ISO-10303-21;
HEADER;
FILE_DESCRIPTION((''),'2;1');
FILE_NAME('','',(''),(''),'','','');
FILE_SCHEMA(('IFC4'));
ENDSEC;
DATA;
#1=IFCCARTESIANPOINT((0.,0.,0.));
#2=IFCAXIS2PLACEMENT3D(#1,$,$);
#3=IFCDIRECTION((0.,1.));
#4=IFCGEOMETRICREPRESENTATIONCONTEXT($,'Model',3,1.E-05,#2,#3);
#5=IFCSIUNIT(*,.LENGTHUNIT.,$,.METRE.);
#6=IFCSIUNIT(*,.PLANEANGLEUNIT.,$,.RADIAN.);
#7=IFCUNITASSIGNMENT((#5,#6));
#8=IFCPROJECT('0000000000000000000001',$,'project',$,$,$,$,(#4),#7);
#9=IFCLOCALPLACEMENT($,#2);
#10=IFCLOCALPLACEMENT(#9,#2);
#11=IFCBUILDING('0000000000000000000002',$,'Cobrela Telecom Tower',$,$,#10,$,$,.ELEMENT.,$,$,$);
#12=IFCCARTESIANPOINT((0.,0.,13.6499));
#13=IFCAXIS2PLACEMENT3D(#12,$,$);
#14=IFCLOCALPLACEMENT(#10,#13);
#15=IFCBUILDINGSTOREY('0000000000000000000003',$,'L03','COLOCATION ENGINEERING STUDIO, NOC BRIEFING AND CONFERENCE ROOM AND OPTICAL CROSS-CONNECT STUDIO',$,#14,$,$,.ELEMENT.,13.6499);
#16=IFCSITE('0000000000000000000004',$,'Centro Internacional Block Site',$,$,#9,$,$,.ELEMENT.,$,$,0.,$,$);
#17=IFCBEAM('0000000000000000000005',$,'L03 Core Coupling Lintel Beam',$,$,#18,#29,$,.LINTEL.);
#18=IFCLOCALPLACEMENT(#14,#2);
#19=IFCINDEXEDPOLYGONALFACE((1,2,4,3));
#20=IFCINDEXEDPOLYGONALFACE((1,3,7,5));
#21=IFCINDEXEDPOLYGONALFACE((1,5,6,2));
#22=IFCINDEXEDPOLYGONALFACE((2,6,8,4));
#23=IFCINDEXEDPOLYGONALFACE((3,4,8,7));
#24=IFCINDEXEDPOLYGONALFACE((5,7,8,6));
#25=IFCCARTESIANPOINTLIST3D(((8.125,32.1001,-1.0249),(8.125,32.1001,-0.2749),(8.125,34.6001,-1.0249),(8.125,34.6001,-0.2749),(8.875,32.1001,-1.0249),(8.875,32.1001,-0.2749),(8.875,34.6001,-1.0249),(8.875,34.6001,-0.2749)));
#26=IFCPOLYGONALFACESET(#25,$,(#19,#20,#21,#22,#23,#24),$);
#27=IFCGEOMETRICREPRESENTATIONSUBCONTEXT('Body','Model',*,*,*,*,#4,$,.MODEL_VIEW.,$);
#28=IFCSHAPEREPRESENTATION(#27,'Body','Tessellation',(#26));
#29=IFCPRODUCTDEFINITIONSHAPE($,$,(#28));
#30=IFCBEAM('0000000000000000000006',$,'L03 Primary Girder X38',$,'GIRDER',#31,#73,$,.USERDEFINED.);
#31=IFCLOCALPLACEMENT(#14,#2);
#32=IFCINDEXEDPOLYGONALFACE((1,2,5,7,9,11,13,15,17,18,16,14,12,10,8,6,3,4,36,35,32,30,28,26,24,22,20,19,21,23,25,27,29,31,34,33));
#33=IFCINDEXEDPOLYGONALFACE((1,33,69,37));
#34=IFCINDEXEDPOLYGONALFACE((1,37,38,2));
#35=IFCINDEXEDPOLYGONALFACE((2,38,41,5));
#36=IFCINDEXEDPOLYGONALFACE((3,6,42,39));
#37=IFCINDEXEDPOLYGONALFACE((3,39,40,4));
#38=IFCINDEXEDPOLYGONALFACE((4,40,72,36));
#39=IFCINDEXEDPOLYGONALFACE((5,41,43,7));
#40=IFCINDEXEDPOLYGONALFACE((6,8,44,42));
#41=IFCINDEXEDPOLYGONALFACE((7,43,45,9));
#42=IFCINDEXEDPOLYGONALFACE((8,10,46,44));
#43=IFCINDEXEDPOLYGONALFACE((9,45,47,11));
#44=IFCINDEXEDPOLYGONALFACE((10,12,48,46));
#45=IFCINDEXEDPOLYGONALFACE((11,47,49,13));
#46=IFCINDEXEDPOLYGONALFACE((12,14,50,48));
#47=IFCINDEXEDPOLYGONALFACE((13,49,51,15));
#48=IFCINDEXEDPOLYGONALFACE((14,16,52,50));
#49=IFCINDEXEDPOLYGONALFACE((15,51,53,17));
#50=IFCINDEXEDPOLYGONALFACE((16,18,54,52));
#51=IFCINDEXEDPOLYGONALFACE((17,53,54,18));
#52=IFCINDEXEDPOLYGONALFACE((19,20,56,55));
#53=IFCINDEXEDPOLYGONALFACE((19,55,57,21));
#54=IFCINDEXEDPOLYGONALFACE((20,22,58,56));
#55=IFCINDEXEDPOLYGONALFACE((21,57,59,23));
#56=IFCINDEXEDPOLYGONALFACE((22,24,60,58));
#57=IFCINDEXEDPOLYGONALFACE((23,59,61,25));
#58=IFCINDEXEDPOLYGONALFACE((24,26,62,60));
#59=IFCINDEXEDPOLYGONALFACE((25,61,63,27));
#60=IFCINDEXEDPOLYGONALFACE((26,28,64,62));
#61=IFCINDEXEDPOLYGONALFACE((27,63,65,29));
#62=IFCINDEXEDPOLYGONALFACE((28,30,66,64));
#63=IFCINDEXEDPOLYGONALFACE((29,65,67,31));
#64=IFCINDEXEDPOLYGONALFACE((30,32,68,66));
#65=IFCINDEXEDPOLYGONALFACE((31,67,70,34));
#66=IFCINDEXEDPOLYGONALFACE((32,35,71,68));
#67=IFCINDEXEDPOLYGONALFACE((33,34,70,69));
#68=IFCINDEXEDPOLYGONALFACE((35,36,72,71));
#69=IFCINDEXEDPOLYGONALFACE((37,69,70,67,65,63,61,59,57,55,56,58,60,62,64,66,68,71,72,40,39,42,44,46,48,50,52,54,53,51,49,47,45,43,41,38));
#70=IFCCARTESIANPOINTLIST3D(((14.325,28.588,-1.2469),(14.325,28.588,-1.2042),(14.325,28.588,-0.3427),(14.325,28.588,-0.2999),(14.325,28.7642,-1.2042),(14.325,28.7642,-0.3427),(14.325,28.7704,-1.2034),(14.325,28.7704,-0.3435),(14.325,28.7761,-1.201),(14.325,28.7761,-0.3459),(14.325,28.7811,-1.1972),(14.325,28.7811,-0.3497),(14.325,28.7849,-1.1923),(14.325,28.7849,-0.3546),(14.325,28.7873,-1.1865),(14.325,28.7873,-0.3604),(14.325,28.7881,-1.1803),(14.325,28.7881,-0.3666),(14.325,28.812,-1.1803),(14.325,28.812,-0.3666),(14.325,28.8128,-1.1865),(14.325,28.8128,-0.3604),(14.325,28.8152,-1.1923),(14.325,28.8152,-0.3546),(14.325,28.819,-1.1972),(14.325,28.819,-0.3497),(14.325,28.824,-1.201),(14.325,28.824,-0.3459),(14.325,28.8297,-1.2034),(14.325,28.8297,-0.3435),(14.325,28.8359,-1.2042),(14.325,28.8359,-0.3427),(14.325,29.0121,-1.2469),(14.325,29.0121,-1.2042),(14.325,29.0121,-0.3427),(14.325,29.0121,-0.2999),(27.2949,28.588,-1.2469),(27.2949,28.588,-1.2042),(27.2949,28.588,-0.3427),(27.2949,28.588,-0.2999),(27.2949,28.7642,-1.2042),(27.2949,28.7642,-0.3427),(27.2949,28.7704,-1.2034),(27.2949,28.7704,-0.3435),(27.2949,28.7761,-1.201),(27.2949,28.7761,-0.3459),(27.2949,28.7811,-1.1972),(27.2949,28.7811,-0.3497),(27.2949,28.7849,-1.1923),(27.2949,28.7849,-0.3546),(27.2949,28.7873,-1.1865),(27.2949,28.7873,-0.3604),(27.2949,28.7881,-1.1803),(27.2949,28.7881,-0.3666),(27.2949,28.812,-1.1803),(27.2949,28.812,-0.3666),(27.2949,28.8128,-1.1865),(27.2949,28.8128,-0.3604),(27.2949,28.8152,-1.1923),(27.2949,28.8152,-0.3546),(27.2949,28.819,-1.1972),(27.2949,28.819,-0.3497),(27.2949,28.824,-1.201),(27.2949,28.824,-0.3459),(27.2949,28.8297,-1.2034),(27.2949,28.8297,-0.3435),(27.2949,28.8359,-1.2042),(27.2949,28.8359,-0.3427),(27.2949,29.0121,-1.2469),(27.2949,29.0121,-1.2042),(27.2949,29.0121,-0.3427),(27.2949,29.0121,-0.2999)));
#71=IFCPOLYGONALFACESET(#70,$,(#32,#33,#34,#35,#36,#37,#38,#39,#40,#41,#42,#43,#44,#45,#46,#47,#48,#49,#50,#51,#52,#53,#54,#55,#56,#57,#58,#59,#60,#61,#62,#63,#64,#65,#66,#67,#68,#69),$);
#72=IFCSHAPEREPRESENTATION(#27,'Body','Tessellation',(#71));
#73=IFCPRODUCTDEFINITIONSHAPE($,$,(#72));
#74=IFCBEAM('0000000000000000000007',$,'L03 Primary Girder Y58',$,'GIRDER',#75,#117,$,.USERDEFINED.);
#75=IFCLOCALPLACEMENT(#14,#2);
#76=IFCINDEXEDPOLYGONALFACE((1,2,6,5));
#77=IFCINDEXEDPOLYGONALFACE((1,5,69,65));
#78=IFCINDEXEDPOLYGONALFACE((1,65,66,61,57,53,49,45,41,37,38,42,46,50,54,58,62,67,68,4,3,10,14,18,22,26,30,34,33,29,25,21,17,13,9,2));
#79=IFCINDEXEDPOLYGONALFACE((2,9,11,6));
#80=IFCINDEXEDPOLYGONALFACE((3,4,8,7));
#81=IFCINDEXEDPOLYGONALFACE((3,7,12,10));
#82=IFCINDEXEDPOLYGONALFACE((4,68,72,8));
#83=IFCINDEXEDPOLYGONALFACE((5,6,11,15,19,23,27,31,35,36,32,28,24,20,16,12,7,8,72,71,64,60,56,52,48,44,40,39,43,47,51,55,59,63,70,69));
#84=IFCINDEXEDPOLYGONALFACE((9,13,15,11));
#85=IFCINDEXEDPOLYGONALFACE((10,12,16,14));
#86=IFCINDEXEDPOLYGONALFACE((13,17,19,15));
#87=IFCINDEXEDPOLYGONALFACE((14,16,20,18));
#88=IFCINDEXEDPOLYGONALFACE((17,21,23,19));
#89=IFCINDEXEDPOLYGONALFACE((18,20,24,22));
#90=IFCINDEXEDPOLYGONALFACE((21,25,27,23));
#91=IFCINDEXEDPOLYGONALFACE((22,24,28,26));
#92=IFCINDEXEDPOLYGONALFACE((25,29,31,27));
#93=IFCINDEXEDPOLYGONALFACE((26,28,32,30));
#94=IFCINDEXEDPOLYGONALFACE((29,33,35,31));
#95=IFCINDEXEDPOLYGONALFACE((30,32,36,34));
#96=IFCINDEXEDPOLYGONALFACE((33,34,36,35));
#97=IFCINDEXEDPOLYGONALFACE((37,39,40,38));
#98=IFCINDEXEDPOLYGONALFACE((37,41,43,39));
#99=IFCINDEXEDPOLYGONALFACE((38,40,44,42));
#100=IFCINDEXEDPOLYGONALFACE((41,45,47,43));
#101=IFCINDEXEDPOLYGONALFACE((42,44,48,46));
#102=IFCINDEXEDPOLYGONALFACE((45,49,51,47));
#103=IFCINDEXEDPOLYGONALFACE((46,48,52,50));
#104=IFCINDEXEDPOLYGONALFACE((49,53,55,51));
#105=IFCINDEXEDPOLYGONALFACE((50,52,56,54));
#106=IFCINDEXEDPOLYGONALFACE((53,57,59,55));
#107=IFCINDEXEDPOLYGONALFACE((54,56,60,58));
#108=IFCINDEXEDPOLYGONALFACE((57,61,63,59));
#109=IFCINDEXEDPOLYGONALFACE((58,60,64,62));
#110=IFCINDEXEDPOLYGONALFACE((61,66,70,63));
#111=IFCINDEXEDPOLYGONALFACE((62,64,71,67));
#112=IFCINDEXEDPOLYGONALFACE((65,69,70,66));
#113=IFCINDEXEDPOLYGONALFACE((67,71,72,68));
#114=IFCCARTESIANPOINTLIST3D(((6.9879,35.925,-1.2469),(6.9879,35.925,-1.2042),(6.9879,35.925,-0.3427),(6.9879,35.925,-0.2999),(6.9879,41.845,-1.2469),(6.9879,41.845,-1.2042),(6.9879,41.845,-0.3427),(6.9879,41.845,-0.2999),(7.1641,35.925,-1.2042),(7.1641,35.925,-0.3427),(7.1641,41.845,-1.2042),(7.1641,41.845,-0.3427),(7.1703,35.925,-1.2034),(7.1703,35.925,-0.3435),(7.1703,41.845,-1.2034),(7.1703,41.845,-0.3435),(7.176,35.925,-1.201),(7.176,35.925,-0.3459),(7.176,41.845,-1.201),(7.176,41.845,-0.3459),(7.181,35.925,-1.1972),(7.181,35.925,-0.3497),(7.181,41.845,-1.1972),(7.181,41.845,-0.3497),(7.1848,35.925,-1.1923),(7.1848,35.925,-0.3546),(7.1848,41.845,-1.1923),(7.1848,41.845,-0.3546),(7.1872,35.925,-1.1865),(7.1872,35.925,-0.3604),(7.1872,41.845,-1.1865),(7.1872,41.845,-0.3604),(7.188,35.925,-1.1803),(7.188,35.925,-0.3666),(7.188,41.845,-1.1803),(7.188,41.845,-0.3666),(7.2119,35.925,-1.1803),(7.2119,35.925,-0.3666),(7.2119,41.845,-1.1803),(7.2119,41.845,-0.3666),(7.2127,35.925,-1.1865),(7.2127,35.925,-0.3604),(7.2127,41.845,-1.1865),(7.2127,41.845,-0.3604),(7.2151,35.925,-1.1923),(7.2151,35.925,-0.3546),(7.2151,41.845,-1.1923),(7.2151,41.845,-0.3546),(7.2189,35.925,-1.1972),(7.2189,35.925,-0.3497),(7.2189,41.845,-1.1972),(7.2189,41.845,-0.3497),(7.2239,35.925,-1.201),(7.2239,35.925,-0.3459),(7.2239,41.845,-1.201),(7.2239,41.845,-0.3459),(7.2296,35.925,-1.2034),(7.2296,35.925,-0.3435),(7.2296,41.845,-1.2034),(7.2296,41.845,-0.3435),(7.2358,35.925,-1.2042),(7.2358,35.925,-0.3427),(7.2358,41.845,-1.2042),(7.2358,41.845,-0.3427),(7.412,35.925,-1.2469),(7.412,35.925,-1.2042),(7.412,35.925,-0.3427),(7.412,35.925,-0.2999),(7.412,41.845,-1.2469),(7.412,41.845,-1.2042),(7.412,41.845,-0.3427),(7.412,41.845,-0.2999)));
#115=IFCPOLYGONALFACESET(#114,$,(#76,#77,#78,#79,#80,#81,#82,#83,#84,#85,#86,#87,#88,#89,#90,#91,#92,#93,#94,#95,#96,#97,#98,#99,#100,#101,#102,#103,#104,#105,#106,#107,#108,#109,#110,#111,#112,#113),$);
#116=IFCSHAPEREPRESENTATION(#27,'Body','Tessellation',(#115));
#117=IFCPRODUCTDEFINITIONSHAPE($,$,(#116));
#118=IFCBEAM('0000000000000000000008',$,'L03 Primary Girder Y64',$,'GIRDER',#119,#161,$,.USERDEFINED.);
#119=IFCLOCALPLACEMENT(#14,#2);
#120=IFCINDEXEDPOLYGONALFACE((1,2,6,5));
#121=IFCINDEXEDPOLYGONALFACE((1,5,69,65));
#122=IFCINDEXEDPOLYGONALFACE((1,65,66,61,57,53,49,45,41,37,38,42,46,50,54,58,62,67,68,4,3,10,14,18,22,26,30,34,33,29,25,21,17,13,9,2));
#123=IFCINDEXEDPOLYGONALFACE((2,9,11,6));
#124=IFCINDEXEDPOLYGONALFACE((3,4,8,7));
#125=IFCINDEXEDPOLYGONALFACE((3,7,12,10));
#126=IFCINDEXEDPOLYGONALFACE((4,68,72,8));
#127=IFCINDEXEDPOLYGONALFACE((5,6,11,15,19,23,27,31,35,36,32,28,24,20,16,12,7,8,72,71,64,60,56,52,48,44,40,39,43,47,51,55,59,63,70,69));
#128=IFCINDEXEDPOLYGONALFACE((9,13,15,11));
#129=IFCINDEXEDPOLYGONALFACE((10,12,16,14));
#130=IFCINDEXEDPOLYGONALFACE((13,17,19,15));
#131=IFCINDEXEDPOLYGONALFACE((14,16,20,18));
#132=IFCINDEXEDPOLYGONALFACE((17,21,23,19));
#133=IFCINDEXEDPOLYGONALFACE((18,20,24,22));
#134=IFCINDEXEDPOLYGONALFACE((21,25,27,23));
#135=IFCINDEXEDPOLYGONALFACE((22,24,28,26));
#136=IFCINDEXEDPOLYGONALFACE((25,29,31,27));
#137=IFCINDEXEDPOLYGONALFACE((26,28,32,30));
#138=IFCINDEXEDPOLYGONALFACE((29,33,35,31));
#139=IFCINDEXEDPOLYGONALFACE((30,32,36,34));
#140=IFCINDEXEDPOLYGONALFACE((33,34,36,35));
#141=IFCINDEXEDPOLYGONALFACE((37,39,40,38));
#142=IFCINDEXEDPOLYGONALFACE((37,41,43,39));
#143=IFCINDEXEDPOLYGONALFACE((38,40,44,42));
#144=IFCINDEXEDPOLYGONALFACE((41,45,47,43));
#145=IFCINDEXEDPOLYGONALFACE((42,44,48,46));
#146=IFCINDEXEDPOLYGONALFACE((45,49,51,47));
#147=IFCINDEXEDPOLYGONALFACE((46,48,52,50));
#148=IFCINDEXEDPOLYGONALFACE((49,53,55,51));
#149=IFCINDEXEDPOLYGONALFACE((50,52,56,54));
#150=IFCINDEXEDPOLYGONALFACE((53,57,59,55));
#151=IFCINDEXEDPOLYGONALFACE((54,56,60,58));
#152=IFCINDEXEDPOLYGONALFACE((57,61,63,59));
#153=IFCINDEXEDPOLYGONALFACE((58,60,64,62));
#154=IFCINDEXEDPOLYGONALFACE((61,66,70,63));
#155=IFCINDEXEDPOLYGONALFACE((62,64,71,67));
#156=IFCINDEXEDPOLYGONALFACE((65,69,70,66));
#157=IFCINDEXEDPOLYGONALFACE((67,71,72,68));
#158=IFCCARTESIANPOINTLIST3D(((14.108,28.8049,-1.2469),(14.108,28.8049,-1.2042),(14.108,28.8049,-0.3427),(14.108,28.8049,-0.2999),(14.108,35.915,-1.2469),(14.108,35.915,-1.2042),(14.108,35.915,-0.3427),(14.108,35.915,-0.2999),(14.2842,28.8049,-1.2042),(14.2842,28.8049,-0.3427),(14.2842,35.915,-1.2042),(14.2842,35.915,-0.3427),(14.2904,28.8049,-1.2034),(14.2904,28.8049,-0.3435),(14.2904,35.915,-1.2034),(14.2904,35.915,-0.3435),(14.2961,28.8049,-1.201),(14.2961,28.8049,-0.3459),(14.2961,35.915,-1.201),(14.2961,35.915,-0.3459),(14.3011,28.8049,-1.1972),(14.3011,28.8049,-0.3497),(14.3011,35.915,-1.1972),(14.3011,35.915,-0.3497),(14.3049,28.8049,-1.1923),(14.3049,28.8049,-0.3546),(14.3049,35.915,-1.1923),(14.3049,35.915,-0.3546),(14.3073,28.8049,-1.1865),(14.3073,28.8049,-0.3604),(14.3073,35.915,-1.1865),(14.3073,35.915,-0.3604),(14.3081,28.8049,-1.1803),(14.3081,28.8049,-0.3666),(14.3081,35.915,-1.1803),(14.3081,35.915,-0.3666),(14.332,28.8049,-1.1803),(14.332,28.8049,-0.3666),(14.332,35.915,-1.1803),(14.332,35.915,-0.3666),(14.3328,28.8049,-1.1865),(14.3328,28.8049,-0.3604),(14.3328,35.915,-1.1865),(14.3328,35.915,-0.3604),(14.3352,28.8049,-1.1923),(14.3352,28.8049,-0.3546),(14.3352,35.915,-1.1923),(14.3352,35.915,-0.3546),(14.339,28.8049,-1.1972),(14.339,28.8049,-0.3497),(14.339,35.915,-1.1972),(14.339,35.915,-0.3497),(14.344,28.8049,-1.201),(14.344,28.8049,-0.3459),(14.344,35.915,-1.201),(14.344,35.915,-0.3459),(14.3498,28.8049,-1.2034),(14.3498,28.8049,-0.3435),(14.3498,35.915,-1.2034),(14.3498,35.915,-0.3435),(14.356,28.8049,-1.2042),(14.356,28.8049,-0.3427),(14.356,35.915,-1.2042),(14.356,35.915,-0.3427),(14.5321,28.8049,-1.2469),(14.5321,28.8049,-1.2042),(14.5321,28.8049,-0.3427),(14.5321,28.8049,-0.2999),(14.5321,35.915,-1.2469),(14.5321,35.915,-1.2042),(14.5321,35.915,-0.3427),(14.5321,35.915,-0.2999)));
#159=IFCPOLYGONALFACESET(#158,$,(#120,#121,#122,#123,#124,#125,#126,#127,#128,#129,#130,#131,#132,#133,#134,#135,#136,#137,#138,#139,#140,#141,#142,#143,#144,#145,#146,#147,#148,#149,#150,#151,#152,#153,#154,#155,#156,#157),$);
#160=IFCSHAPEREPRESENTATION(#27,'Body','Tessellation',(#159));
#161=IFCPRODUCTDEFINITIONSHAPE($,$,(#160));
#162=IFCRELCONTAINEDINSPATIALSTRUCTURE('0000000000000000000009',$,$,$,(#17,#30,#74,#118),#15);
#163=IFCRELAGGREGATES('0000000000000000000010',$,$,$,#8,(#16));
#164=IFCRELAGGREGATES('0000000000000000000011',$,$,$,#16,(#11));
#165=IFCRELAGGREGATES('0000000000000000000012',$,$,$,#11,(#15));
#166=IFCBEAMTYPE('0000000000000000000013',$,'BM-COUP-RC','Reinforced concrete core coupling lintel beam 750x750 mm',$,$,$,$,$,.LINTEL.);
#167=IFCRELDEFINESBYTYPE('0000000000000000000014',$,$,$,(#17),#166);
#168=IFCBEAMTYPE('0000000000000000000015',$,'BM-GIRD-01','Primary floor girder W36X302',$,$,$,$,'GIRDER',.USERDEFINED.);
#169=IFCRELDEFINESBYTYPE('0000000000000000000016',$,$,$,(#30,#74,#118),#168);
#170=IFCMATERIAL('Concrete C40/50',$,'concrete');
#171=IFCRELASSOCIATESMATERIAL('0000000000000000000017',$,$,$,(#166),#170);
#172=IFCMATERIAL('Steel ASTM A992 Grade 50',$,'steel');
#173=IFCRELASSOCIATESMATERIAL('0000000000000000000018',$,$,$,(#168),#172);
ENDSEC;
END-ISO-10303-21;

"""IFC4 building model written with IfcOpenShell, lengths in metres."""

from ifc_helpers import new_model, si_unit, direction, frame, origin, origin_2d, place, context, subcontext, project, spatial, rectangle, i_section, extrude, material, material_profile, profile_set, type_object, element, save


model = new_model("IFC4")

# Units and contexts
model_context = context("Model", 3, precision=1e-05, world=origin(), true_north=direction((0.0, 1.0)))
body_context = subcontext(model_context, "Body", "Model", "MODEL_VIEW")
ifc_project = project(units=[si_unit("LENGTHUNIT", "METRE"), si_unit("PLANEANGLEUNIT", "RADIAN")], contexts=[model_context])

# Site, building, storey
site_placement = place(None, origin())
site = spatial("IfcSite", under=ifc_project, at=site_placement, Name="Centro Internacional Block Site", CompositionType="ELEMENT", RefElevation=0.0)
building_placement = place(site_placement, origin())
building = spatial("IfcBuilding", under=site, at=building_placement, Name="Cobrela Telecom Tower", CompositionType="ELEMENT")
storey_placement = place(building_placement, frame((0.0, 0.0, 13.6499)))
storey = spatial("IfcBuildingStorey", under=building, at=storey_placement, Name="L03", Description="COLOCATION ENGINEERING STUDIO, NOC BRIEFING AND CONFERENCE ROOM AND OPTICAL CROSS-CONNECT STUDIO", CompositionType="ELEMENT", Elevation=13.6499)

# Beams
ifc_material_1 = material(Name="Concrete C40/50", Category="concrete")
ifc_material_profile_1 = material_profile(ifc_material_1, rectangle(XDim=0.75, YDim=0.75, at=origin_2d()), Name="RC 750x750")
ifc_profile_set_1 = profile_set([ifc_material_profile_1], Name="Concrete C40/50")
beam_type_1 = type_object("IfcBeamType", Name="BM-COUP-RC", Description="Reinforced concrete core coupling lintel beam 750x750 mm", PredefinedType="LINTEL", material=ifc_profile_set_1)
beam_1_placement = place(storey_placement, frame((8.5, 32.1001, -0.6499), z_axis=(0.0, 1.0, 0.0), x_axis=(-1.0, 0.0, 0.0)))
element("IfcBeam", 1, at=beam_1_placement, inside=storey, type_object=beam_type_1, Name="L03 Core Coupling Lintel Beam", PredefinedType="LINTEL", context=body_context, shape_type="SweptSolid", body=[
    extrude(rectangle(XDim=0.75, YDim=0.75, at=origin_2d()), origin(), (0.0, 0.0, 1.0), 2.5),
])
ifc_material_2 = material(Name="Steel ASTM A992 Grade 50", Category="steel")
ifc_material_profile_2 = material_profile(ifc_material_2, i_section(OverallWidth=0.4241, OverallDepth=0.947, WebThickness=0.0239, FlangeThickness=0.0427, FilletRadius=0.0239, at=origin_2d()), Name="W36X302")
ifc_profile_set_2 = profile_set([ifc_material_profile_2], Name="Steel ASTM A992 Grade 50")
beam_type_2 = type_object("IfcBeamType", Name="BM-GIRD-01", Description="Primary floor girder W36X302", ElementType="GIRDER", PredefinedType="USERDEFINED", material=ifc_profile_set_2)
beam_2_placement = place(storey_placement, frame((14.325, 28.8, -0.7734), z_axis=(1.0, 0.0, 0.0), x_axis=(0.0, 1.0, 0.0)))
element("IfcBeam", 2, at=beam_2_placement, inside=storey, type_object=beam_type_2, Name="L03 Primary Girder X38", ObjectType="GIRDER", PredefinedType="USERDEFINED", context=body_context, shape_type="SweptSolid", body=[
    extrude(i_section(OverallWidth=0.4241, OverallDepth=0.947, WebThickness=0.0239, FlangeThickness=0.0427, FilletRadius=0.0239, at=origin_2d()), origin(), (0.0, 0.0, 1.0), 12.97),
])
beam_3_placement = place(storey_placement, frame((7.2, 35.925, -0.7734), z_axis=(0.0, 1.0, 0.0), x_axis=(-1.0, 0.0, 0.0)))
element("IfcBeam", 3, at=beam_3_placement, inside=storey, type_object=beam_type_2, Name="L03 Primary Girder Y58", ObjectType="GIRDER", PredefinedType="USERDEFINED", context=body_context, shape_type="SweptSolid", body=[
    extrude(i_section(OverallWidth=0.4241, OverallDepth=0.947, WebThickness=0.0239, FlangeThickness=0.0427, FilletRadius=0.0239, at=origin_2d()), origin(), (0.0, 0.0, 1.0), 5.9199),
])
beam_4_placement = place(storey_placement, frame((14.3201, 28.8049, -0.7734), z_axis=(0.0, 1.0, 0.0), x_axis=(-1.0, 0.0, 0.0)))
element("IfcBeam", 4, at=beam_4_placement, inside=storey, type_object=beam_type_2, Name="L03 Primary Girder Y64", ObjectType="GIRDER", PredefinedType="USERDEFINED", context=body_context, shape_type="SweptSolid", body=[
    extrude(i_section(OverallWidth=0.4241, OverallDepth=0.947, WebThickness=0.0239, FlangeThickness=0.0427, FilletRadius=0.0239, at=origin_2d()), origin(), (0.0, 0.0, 1.0), 7.1101),
])

save(model, "model.ifc")
